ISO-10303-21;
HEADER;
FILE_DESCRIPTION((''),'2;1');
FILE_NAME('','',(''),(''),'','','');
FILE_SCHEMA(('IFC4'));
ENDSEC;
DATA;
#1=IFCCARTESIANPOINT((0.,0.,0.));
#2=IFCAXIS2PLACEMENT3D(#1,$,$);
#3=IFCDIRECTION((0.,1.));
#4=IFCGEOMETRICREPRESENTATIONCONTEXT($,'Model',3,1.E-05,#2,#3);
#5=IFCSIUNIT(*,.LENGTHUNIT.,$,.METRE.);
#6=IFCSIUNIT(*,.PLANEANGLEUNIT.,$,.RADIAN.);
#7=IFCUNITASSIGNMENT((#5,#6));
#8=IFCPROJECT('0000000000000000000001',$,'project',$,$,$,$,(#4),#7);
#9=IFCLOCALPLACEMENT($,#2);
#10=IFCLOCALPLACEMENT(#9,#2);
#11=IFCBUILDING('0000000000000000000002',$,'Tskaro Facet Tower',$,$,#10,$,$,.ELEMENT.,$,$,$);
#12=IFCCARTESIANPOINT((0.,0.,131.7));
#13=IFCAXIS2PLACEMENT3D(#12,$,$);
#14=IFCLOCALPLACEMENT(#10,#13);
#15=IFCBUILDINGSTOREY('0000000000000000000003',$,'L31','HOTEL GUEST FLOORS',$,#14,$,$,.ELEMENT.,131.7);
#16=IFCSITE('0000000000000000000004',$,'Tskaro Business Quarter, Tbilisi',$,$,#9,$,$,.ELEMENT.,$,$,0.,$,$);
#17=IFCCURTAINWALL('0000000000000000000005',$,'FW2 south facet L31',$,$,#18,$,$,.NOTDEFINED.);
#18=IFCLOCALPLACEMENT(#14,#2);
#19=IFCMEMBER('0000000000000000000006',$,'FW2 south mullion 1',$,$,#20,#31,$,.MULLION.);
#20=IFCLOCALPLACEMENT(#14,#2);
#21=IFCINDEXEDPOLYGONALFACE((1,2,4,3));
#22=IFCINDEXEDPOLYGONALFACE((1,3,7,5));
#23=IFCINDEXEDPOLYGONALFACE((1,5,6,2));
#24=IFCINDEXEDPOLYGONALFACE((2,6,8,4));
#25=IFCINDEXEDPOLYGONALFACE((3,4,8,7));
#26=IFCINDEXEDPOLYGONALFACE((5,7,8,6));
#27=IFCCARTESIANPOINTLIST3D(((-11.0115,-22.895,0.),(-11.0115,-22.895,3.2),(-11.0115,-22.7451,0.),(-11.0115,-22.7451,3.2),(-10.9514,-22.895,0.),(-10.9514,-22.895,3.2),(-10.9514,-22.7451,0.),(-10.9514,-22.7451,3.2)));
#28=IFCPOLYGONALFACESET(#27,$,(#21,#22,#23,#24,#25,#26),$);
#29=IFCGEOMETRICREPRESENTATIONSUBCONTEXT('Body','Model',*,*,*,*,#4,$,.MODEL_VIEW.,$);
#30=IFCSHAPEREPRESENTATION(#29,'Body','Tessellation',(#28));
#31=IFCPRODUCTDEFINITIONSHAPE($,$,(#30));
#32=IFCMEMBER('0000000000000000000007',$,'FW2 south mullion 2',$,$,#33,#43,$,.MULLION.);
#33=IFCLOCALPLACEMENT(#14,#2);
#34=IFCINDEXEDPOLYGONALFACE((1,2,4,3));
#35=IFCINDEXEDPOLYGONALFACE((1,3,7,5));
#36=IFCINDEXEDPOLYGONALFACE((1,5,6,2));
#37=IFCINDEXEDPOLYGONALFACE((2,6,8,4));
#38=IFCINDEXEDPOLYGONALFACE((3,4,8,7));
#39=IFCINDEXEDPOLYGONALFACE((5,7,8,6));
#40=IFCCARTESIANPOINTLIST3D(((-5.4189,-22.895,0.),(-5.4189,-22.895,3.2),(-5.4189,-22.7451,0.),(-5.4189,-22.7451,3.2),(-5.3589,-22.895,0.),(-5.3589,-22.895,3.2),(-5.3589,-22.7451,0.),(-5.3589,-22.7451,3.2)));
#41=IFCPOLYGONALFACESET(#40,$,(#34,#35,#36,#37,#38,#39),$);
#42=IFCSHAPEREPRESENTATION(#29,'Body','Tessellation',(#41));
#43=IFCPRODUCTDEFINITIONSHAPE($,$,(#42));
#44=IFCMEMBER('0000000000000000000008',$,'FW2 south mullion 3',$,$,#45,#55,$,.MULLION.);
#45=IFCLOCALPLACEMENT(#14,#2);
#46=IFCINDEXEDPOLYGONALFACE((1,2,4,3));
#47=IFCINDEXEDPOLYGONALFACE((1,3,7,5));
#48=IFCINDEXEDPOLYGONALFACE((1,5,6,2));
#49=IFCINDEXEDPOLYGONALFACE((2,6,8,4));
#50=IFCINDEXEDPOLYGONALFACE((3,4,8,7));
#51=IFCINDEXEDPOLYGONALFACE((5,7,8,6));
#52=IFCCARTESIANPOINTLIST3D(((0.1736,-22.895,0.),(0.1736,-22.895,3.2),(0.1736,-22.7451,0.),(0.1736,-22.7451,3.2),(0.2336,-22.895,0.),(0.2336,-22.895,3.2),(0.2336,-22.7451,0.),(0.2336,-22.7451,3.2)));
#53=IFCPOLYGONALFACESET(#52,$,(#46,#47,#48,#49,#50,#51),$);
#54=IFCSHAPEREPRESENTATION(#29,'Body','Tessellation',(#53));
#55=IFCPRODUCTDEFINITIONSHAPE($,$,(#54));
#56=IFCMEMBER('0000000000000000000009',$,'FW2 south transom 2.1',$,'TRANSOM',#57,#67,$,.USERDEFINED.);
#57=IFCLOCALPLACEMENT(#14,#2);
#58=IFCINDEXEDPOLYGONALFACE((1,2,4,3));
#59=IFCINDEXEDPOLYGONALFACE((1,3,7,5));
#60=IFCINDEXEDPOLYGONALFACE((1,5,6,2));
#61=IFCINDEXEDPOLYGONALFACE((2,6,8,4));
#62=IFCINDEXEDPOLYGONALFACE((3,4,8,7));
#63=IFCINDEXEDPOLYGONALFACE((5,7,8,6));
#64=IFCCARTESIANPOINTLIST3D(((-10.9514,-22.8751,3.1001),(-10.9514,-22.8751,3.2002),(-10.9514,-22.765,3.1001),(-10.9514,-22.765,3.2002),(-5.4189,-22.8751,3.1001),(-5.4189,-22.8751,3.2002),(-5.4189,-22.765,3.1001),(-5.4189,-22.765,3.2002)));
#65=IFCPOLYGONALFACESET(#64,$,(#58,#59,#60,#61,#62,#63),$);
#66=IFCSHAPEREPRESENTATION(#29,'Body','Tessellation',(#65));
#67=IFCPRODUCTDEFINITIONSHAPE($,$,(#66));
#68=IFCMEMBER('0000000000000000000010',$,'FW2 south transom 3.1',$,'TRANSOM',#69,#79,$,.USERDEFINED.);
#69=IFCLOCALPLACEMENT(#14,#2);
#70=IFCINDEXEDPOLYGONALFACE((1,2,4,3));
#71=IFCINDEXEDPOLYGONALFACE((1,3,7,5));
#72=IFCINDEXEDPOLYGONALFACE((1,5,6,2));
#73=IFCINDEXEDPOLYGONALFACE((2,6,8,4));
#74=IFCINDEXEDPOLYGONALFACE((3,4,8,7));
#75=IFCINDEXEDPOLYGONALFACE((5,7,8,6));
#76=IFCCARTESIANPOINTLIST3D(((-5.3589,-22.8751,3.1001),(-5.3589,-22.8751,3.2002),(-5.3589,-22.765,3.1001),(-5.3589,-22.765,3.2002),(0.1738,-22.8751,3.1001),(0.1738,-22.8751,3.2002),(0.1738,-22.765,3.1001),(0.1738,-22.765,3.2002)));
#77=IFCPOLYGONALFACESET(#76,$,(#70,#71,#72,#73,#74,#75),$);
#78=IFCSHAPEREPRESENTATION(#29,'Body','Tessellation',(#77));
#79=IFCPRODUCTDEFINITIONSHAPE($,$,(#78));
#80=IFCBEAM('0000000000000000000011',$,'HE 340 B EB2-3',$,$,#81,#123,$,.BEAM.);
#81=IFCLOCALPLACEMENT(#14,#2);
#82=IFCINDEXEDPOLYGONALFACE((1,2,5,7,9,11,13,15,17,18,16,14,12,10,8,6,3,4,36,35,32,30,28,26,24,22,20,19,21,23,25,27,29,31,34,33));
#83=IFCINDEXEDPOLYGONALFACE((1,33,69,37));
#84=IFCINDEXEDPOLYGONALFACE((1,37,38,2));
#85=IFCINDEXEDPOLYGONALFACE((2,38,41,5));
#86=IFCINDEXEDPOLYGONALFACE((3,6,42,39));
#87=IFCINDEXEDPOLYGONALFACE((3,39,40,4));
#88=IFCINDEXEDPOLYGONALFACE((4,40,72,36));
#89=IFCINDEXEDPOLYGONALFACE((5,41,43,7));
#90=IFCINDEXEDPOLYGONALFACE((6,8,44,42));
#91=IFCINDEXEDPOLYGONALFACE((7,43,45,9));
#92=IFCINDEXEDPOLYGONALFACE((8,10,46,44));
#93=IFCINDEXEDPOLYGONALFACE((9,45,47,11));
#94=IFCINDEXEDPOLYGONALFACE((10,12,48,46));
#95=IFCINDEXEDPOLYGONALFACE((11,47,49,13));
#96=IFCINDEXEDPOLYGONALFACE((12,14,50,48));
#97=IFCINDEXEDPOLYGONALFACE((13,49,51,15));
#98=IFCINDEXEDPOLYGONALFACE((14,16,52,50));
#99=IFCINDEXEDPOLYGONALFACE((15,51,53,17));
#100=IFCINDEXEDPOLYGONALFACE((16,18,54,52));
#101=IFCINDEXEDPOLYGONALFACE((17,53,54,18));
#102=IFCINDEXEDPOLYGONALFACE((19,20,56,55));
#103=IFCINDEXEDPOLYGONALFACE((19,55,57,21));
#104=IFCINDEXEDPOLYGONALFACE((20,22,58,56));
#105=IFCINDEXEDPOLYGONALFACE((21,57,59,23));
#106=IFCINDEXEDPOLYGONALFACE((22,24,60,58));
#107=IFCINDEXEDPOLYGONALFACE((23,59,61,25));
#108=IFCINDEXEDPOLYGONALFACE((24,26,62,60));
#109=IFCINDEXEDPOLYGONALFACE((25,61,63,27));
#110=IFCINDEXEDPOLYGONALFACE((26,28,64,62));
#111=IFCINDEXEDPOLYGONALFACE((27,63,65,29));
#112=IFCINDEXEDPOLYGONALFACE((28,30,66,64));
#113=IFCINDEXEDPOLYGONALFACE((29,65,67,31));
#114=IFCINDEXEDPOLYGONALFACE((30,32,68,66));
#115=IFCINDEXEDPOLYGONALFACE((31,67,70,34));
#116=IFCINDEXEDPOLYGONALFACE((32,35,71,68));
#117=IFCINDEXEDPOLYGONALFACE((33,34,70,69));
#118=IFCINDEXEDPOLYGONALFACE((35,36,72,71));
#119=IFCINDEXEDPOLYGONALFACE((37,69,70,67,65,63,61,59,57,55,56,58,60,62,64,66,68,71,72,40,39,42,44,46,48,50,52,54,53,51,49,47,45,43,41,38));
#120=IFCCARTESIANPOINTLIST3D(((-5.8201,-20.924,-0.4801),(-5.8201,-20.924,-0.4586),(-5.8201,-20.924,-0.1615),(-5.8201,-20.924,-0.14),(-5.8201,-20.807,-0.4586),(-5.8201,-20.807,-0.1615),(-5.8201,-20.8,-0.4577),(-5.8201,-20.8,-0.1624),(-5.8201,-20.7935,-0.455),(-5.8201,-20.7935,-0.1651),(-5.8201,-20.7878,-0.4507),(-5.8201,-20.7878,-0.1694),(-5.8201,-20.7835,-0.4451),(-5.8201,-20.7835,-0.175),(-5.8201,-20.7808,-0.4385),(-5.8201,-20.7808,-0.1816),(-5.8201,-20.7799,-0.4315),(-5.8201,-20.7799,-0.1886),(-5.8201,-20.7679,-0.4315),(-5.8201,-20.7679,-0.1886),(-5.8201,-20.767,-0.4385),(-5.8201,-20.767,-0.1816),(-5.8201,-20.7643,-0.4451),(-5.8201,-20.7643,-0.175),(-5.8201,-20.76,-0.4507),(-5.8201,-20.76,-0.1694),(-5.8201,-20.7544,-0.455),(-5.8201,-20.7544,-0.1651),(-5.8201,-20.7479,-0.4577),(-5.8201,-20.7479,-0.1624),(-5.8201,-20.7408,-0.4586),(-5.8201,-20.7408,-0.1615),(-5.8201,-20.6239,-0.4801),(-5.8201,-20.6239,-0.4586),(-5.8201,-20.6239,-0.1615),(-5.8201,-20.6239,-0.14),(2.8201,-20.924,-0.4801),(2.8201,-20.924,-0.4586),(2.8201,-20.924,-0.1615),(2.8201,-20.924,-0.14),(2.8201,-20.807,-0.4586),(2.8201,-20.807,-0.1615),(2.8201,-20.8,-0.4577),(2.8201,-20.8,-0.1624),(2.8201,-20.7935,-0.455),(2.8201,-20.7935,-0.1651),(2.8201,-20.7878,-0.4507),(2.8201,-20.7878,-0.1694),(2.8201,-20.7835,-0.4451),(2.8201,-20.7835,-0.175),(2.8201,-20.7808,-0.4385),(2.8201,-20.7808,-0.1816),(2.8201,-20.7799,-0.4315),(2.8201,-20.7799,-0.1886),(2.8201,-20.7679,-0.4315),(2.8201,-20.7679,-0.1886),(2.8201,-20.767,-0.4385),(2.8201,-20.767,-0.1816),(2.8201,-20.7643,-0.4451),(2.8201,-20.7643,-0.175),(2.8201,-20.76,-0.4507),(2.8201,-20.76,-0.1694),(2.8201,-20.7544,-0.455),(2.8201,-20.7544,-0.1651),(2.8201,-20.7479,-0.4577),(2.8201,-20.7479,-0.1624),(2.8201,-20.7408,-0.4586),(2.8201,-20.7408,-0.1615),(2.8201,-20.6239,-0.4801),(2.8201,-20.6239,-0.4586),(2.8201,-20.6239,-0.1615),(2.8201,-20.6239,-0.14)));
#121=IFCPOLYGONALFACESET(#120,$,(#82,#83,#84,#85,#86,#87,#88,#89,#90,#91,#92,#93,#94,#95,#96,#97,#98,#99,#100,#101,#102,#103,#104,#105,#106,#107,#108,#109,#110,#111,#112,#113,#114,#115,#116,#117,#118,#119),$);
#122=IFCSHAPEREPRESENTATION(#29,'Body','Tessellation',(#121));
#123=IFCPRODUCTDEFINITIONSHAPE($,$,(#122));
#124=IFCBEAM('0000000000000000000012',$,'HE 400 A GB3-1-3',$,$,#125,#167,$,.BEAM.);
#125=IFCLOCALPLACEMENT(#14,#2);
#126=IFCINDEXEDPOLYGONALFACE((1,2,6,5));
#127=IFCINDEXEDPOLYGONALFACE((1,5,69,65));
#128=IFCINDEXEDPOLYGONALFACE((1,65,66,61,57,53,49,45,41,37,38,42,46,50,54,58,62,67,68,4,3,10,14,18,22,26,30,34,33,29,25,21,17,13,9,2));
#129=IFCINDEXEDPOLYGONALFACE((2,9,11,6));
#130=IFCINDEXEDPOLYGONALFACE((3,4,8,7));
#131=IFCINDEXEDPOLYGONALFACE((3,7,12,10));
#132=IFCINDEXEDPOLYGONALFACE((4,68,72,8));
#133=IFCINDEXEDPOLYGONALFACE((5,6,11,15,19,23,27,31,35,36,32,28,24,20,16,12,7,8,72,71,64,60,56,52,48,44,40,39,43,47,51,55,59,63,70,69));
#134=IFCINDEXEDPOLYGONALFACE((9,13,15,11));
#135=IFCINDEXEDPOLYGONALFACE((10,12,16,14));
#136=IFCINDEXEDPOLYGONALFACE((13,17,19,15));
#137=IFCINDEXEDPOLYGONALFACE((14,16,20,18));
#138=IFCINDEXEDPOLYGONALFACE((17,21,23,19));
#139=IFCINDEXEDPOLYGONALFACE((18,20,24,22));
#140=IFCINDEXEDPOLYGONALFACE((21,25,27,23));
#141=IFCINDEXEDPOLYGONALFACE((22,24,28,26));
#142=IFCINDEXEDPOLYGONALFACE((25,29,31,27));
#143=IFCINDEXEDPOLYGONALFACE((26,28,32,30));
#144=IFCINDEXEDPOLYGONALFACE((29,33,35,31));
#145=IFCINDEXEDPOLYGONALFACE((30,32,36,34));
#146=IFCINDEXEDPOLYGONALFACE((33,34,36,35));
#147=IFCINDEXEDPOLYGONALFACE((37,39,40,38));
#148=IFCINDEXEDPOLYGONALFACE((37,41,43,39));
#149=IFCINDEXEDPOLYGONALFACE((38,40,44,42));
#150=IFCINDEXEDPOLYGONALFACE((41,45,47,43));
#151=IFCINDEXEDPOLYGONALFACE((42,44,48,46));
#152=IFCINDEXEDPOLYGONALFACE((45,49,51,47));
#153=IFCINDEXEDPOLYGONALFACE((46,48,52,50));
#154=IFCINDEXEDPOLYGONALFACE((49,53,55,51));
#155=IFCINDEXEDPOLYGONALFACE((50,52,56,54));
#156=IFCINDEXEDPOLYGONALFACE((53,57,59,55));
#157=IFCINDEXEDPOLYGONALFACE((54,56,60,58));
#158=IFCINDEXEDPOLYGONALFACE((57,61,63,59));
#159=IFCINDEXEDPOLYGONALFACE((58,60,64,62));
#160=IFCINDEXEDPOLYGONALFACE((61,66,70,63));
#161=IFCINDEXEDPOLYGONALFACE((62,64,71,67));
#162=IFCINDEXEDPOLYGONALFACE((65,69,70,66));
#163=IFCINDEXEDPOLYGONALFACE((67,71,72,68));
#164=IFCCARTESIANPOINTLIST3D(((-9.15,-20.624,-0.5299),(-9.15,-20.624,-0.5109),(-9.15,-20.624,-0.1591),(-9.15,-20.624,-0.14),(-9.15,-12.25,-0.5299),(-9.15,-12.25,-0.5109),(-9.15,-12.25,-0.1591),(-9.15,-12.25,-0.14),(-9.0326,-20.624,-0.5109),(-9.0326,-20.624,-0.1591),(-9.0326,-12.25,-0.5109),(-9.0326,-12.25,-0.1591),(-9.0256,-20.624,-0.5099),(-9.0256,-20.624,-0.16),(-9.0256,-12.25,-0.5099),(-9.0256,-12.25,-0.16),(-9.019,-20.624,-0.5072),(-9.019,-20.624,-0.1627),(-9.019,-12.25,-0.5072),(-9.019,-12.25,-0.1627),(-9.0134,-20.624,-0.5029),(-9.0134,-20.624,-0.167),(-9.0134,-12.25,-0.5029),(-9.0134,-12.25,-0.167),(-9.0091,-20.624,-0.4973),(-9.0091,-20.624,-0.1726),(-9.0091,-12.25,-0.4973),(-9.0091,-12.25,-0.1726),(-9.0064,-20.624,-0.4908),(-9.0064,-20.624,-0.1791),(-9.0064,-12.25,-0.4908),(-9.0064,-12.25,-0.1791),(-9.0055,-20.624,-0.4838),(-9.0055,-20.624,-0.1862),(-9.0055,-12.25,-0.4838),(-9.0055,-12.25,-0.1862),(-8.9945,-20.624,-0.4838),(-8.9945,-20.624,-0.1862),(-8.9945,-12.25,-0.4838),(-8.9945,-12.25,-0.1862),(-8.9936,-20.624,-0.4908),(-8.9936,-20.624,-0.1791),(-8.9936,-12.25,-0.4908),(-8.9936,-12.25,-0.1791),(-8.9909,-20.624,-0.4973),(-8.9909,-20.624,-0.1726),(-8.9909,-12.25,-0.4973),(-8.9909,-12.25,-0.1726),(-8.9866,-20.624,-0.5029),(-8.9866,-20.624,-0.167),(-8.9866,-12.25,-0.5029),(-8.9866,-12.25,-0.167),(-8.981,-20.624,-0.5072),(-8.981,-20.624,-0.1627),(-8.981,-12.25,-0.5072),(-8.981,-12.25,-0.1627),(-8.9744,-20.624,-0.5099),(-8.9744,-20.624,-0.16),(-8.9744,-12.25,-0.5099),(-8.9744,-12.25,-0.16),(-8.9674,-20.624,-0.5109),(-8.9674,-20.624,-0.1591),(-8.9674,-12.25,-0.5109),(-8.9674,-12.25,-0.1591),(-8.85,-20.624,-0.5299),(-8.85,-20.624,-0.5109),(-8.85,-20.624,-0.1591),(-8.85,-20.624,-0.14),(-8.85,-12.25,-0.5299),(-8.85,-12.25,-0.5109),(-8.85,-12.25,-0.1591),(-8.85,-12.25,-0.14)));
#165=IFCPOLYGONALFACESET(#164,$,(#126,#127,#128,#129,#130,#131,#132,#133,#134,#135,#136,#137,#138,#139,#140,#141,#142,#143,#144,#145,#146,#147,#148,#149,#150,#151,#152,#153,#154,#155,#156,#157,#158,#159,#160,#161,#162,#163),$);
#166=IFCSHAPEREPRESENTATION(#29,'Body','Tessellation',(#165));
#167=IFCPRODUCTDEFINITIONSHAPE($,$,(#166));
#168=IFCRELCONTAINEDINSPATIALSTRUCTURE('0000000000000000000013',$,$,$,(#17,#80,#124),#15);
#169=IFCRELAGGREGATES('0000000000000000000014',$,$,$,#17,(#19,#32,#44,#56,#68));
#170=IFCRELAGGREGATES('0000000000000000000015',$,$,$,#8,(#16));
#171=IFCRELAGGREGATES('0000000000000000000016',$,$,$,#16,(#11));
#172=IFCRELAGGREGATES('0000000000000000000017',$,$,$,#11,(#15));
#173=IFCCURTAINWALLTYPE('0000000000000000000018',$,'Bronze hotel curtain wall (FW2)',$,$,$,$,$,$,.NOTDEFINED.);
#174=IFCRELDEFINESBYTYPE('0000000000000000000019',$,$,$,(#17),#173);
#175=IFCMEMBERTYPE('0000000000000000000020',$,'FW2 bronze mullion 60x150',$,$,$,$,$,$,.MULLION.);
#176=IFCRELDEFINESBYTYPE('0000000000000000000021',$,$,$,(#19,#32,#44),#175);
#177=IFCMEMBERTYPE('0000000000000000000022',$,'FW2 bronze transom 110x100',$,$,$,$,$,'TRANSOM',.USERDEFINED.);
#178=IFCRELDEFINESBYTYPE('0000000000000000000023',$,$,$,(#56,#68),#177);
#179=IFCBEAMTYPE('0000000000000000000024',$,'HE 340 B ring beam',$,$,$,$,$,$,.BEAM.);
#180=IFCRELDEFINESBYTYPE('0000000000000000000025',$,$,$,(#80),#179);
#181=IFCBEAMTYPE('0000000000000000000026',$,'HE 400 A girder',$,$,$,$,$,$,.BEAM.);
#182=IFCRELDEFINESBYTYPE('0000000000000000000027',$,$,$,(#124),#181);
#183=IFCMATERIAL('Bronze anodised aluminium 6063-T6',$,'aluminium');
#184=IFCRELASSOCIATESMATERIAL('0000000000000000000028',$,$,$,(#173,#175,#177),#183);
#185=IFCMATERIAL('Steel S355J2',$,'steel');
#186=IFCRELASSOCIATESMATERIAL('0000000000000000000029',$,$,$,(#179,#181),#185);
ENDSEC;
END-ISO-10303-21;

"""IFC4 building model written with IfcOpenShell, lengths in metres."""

from ifc_helpers import new_model, si_unit, direction, frame, origin, origin_2d, place, context, subcontext, project, spatial, rectangle, i_section, extrude, material, material_profile, profile_set, type_object, element, aggregate, save


model = new_model("IFC4")

# Units and contexts
model_context = context("Model", 3, precision=1e-05, world=origin(), true_north=direction((0.0, 1.0)))
body_context = subcontext(model_context, "Body", "Model", "MODEL_VIEW")
ifc_project = project(units=[si_unit("LENGTHUNIT", "METRE"), si_unit("PLANEANGLEUNIT", "RADIAN")], contexts=[model_context])

# Site, building, storey
site_placement = place(None, origin())
site = spatial("IfcSite", under=ifc_project, at=site_placement, Name="Tskaro Business Quarter, Tbilisi", CompositionType="ELEMENT", RefElevation=0.0)
building_placement = place(site_placement, origin())
building = spatial("IfcBuilding", under=site, at=building_placement, Name="Tskaro Facet Tower", CompositionType="ELEMENT")
storey_placement = place(building_placement, frame((0.0, 0.0, 131.7)))
storey = spatial("IfcBuildingStorey", under=building, at=storey_placement, Name="L31", Description="HOTEL GUEST FLOORS", CompositionType="ELEMENT", Elevation=131.7)

# Curtain wall, members
ifc_material_1 = material(Name="Bronze anodised aluminium 6063-T6", Category="aluminium")
curtain_wall_type = type_object("IfcCurtainWallType", Name="Bronze hotel curtain wall (FW2)", PredefinedType="NOTDEFINED", material=ifc_material_1)
curtain_wall_placement = place(storey_placement, origin())
curtain_wall = element("IfcCurtainWall", 1, at=curtain_wall_placement, inside=storey, type_object=curtain_wall_type, Name="FW2 south facet L31", PredefinedType="NOTDEFINED")
ifc_material_profile_1 = material_profile(ifc_material_1, rectangle(XDim=0.0601, YDim=0.1499, at=origin_2d()), Name="Mullion 60x150")
ifc_profile_set_1 = profile_set([ifc_material_profile_1], Name="Bronze anodised aluminium 6063-T6")
member_type_1 = type_object("IfcMemberType", Name="FW2 bronze mullion 60x150", PredefinedType="MULLION", material=ifc_profile_set_1)
member_1_placement = place(storey_placement, frame((-10.9814, -22.8201, 0.0), z_axis=(0.0, 0.0, 1.0), x_axis=(1.0, 0.0, 0.0)))
member_1 = element("IfcMember", 2, at=member_1_placement, type_object=member_type_1, Name="FW2 south mullion 1", PredefinedType="MULLION", context=body_context, shape_type="SweptSolid", body=[
    extrude(rectangle(XDim=0.0601, YDim=0.1499, at=origin_2d()), origin(), (0.0, 0.0, 1.0), 3.2),
])
member_2_placement = place(storey_placement, frame((-5.3889, -22.8201, 0.0), z_axis=(0.0, 0.0, 1.0), x_axis=(1.0, 0.0, 0.0)))
member_2 = element("IfcMember", 3, at=member_2_placement, type_object=member_type_1, Name="FW2 south mullion 2", PredefinedType="MULLION", context=body_context, shape_type="SweptSolid", body=[
    extrude(rectangle(XDim=0.0601, YDim=0.1499, at=origin_2d()), origin(), (0.0, 0.0, 1.0), 3.2),
])
member_3_placement = place(storey_placement, frame((0.2036, -22.8201, 0.0), z_axis=(0.0, 0.0, 1.0), x_axis=(1.0, 0.0, 0.0)))
member_3 = element("IfcMember", 4, at=member_3_placement, type_object=member_type_1, Name="FW2 south mullion 3", PredefinedType="MULLION", context=body_context, shape_type="SweptSolid", body=[
    extrude(rectangle(XDim=0.0601, YDim=0.1499, at=origin_2d()), origin(), (0.0, 0.0, 1.0), 3.2),
])
ifc_material_profile_2 = material_profile(ifc_material_1, rectangle(XDim=0.1101, YDim=0.1001, at=origin_2d()), Name="Transom 110x100")
ifc_profile_set_2 = profile_set([ifc_material_profile_2], Name="Bronze anodised aluminium 6063-T6")
member_type_2 = type_object("IfcMemberType", Name="FW2 bronze transom 110x100", ElementType="TRANSOM", PredefinedType="USERDEFINED", material=ifc_profile_set_2)
member_4_placement = place(storey_placement, frame((-10.9514, -22.8201, 3.1501), z_axis=(1.0, 0.0, 0.0), x_axis=(0.0, 1.0, 0.0)))
member_4 = element("IfcMember", 5, at=member_4_placement, type_object=member_type_2, Name="FW2 south transom 2.1", ObjectType="TRANSOM", PredefinedType="USERDEFINED", context=body_context, shape_type="SweptSolid", body=[
    extrude(rectangle(XDim=0.1101, YDim=0.1001, at=origin_2d()), origin(), (0.0, 0.0, 1.0), 5.5325),
])
member_5_placement = place(storey_placement, frame((-5.3589, -22.8201, 3.1501), z_axis=(1.0, 0.0, 0.0), x_axis=(0.0, 1.0, 0.0)))
member_5 = element("IfcMember", 6, at=member_5_placement, type_object=member_type_2, Name="FW2 south transom 3.1", ObjectType="TRANSOM", PredefinedType="USERDEFINED", context=body_context, shape_type="SweptSolid", body=[
    extrude(rectangle(XDim=0.1101, YDim=0.1001, at=origin_2d()), origin(), (0.0, 0.0, 1.0), 5.5327),
])

# Beams
ifc_material_2 = material(Name="Steel S355J2", Category="steel")
ifc_material_profile_3 = material_profile(ifc_material_2, i_section(OverallWidth=0.3, OverallDepth=0.3401, WebThickness=0.012, FlangeThickness=0.0215, FilletRadius=0.0271, at=origin_2d()), Name="HE 340 B")
ifc_profile_set_3 = profile_set([ifc_material_profile_3], Name="Steel S355J2")
beam_type_1 = type_object("IfcBeamType", Name="HE 340 B ring beam", PredefinedType="BEAM", material=ifc_profile_set_3)
beam_placement = place(storey_placement, frame((-5.8201, -20.7739, -0.3101), z_axis=(1.0, 0.0, 0.0), x_axis=(0.0, 1.0, 0.0)))
element("IfcBeam", 7, at=beam_placement, inside=storey, type_object=beam_type_1, Name="HE 340 B EB2-3", PredefinedType="BEAM", context=body_context, shape_type="SweptSolid", body=[
    extrude(i_section(OverallWidth=0.3, OverallDepth=0.3401, WebThickness=0.012, FlangeThickness=0.0215, FilletRadius=0.0271, at=origin_2d()), origin(), (0.0, 0.0, 1.0), 8.6401),
])
ifc_material_profile_4 = material_profile(ifc_material_2, i_section(OverallWidth=0.3, OverallDepth=0.3899, WebThickness=0.011, FlangeThickness=0.019, FilletRadius=0.0271, at=origin_2d()), Name="HE 400 A")
ifc_profile_set_4 = profile_set([ifc_material_profile_4], Name="Steel S355J2")
beam_type_2 = type_object("IfcBeamType", Name="HE 400 A girder", PredefinedType="BEAM", material=ifc_profile_set_4)
for number, where, z_axis, x_axis, name in (
    (8, (-9.0, -20.624, -0.335), (0.0, 1.0, 0.0), (-1.0, 0.0, 0.0), "HE 400 A GB3-1-3"),
):
    element("IfcBeam", number, at=place(storey_placement, frame(where, z_axis=z_axis, x_axis=x_axis)), inside=storey, type_object=beam_type_2, Name=name, PredefinedType="BEAM", context=body_context, shape_type="SweptSolid", body=[
        extrude(i_section(OverallWidth=0.3, OverallDepth=0.3899, WebThickness=0.011, FlangeThickness=0.019, FilletRadius=0.0271, at=origin_2d()), origin(), (0.0, 0.0, 1.0), 8.374),
    ])

aggregate(curtain_wall, [member_1, member_2, member_3, member_4, member_5])

save(model, "model.ifc")
